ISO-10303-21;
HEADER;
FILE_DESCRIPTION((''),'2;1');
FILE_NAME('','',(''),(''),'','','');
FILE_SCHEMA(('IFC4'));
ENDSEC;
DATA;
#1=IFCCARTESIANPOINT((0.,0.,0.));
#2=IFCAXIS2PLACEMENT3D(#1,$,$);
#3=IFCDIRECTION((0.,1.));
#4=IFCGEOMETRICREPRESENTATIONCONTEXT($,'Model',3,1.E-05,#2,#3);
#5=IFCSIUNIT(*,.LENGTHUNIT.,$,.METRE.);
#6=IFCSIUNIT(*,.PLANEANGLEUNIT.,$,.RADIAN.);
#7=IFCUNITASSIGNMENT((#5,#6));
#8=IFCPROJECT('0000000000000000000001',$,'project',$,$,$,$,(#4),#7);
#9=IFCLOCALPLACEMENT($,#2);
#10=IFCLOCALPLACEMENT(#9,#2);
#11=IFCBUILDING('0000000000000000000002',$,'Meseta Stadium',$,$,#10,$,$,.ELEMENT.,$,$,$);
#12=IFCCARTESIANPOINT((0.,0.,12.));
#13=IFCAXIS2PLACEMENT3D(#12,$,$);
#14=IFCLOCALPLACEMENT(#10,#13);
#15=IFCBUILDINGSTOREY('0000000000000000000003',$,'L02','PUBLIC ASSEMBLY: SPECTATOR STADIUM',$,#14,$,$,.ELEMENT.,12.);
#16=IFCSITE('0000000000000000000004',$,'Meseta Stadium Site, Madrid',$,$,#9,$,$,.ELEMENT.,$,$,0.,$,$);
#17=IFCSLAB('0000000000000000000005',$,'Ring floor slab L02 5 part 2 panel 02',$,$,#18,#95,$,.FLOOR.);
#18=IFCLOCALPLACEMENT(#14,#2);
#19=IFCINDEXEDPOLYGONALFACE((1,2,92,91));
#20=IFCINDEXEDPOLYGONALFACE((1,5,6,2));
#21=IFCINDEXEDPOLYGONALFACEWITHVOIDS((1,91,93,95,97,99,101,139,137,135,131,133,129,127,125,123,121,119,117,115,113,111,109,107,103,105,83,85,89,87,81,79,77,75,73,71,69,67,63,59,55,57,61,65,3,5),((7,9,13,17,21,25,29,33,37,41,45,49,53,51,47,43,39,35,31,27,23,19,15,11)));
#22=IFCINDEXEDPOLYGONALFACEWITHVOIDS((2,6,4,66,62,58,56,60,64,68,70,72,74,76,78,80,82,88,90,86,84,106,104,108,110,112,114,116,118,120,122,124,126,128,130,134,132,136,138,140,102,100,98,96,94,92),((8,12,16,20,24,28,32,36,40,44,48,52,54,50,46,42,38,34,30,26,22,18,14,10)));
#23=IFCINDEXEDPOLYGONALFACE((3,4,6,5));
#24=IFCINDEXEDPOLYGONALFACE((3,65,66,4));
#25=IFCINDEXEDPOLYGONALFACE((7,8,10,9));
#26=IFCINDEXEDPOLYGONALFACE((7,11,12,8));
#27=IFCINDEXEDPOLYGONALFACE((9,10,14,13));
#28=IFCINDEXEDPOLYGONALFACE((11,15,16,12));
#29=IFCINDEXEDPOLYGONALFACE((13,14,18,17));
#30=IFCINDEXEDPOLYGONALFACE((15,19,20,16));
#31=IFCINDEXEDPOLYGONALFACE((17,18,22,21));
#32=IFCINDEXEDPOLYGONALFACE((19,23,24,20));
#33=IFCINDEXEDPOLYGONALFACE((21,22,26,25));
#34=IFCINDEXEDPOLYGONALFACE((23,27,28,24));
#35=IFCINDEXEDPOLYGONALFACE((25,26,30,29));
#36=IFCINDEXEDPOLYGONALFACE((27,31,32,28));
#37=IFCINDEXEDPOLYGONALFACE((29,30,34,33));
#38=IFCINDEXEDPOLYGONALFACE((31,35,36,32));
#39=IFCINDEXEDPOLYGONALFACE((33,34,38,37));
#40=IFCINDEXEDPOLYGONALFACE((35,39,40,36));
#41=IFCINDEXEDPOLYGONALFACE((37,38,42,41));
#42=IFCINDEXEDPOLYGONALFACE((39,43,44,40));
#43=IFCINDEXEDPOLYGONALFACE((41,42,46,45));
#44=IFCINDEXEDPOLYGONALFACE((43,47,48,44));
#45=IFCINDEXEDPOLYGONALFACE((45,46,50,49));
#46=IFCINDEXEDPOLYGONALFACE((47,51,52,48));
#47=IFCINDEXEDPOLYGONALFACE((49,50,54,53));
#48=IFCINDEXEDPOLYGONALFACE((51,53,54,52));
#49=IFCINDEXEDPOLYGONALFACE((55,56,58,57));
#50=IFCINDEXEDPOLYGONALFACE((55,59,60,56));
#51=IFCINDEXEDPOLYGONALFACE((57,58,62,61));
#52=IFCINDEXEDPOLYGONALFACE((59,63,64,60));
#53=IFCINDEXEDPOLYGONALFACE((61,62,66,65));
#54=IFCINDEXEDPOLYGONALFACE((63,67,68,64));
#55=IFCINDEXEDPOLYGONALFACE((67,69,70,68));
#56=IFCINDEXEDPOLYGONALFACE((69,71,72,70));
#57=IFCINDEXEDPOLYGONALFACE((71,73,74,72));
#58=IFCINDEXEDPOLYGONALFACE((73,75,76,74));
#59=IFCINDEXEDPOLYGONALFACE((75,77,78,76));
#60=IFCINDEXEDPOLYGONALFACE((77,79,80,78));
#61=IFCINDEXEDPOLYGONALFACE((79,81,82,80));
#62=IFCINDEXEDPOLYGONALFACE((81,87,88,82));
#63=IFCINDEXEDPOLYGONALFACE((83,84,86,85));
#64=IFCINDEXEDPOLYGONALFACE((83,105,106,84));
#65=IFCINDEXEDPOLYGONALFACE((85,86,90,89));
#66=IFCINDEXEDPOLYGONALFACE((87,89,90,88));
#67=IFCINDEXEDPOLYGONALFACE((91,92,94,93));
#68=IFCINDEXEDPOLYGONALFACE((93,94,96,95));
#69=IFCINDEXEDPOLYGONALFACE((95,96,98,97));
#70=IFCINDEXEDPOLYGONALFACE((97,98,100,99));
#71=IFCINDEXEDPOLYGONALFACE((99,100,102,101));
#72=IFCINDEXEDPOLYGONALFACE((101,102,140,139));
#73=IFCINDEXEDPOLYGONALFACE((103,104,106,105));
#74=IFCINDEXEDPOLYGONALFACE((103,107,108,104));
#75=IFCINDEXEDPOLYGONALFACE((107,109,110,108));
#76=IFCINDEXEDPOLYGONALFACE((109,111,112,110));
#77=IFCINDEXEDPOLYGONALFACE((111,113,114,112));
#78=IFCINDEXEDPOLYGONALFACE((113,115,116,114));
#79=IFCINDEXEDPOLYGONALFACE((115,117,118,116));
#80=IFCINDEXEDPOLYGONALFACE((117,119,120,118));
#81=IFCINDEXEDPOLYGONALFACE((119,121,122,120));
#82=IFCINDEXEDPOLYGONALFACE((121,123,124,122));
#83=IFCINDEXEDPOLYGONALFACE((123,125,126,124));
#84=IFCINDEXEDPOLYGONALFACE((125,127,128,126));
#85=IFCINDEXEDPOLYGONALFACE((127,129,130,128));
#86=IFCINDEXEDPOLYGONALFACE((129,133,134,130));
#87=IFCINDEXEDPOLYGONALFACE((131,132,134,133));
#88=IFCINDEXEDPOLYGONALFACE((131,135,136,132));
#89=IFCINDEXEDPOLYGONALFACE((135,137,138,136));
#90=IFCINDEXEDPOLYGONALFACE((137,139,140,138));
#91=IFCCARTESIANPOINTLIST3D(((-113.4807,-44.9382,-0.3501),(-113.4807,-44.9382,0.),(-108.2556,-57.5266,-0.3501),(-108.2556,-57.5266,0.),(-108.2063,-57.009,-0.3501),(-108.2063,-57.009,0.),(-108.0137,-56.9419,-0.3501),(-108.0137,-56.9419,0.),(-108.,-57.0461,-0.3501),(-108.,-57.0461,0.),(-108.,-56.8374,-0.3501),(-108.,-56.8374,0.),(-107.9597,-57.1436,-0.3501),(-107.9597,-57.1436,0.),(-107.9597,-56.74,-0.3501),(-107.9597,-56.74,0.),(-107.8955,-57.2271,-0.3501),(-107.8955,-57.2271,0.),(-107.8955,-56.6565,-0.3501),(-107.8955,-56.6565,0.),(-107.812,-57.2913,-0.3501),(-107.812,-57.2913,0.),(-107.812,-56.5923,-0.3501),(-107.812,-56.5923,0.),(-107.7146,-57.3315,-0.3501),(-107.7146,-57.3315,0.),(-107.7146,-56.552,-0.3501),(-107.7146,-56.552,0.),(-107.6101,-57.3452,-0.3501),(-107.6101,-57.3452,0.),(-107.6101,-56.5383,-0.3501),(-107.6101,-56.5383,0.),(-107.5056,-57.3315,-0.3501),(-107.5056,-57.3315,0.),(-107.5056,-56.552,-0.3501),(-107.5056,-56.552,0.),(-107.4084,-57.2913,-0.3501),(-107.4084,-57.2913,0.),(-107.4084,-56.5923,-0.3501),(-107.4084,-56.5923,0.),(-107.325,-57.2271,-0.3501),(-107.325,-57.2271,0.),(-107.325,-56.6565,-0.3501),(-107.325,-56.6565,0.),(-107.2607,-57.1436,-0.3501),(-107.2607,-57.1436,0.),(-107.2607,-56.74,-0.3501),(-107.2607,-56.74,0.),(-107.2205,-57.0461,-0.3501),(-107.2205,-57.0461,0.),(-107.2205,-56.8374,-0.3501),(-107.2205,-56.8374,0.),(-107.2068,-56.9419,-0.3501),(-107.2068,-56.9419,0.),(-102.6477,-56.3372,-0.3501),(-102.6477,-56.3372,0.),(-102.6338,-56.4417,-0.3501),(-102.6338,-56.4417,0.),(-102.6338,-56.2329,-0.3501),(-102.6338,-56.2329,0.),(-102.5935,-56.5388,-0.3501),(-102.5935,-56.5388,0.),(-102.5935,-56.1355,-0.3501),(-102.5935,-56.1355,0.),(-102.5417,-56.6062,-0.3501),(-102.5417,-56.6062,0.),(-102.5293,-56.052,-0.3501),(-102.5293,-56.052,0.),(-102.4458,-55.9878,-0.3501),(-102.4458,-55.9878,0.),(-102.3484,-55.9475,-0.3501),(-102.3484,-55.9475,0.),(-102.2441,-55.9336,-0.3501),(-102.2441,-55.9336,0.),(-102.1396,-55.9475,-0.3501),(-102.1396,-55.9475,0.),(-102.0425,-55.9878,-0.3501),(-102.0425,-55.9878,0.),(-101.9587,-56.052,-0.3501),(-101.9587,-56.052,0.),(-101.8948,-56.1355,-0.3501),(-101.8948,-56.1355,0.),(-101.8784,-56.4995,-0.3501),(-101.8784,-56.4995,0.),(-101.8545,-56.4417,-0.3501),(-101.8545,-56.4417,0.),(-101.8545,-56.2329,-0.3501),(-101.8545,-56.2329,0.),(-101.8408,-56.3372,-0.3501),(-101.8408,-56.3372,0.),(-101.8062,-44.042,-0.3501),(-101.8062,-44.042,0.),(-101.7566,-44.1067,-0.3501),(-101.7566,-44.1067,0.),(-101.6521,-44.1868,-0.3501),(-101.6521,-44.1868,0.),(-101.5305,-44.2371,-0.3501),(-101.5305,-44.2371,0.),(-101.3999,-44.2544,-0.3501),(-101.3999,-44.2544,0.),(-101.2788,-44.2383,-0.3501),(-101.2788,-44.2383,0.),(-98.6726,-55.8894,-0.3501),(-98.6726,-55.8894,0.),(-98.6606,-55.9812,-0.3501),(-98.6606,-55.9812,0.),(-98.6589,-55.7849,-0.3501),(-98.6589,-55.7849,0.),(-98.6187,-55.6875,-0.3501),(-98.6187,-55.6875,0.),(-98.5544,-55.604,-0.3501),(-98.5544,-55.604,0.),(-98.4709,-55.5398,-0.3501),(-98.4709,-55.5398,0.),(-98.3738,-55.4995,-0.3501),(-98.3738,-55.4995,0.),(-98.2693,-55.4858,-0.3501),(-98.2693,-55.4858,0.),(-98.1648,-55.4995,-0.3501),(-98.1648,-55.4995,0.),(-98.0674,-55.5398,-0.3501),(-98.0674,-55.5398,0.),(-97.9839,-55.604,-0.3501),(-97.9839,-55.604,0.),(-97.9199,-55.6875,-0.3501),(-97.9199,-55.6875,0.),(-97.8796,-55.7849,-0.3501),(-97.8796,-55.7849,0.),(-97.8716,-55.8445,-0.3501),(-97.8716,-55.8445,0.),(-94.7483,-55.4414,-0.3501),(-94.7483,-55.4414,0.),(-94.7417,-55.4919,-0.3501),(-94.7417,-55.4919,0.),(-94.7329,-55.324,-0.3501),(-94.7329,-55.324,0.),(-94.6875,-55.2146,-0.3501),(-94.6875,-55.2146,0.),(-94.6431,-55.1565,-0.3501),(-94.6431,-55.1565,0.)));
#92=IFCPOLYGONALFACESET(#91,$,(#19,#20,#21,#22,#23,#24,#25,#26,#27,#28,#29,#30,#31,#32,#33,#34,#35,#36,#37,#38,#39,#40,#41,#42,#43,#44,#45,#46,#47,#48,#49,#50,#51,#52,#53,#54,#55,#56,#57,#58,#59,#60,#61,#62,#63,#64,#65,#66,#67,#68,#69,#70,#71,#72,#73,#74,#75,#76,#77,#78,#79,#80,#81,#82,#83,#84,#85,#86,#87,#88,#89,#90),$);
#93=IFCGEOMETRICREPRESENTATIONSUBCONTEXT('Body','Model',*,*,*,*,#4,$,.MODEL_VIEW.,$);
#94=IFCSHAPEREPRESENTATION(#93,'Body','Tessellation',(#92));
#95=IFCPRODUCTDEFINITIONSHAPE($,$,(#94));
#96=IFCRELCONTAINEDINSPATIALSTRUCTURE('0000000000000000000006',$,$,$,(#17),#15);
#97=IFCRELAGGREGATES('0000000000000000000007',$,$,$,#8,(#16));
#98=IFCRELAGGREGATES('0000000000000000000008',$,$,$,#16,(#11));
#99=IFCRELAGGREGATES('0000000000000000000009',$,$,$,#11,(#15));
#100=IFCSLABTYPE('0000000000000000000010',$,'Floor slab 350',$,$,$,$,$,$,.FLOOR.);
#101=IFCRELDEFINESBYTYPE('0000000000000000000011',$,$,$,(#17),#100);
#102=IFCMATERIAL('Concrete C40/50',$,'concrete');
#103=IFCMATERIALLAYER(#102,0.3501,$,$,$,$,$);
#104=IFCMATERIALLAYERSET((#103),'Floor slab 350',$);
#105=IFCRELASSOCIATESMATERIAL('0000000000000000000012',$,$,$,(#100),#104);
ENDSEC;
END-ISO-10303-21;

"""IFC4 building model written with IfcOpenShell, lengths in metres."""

from ifc_helpers import new_model, si_unit, direction, frame, origin, place, context, subcontext, project, spatial, polyline, outline, extrude, material, layer, layer_set, type_object, element, save


model = new_model("IFC4")

# Units and contexts
model_context = context("Model", 3, precision=1e-05, world=origin(), true_north=direction((0.0, 1.0)))
body_context = subcontext(model_context, "Body", "Model", "MODEL_VIEW")
ifc_project = project(units=[si_unit("LENGTHUNIT", "METRE"), si_unit("PLANEANGLEUNIT", "RADIAN")], contexts=[model_context])

# Site, building, storey
site_placement = place(None, origin())
site = spatial("IfcSite", under=ifc_project, at=site_placement, Name="Meseta Stadium Site, Madrid", CompositionType="ELEMENT", RefElevation=0.0)
building_placement = place(site_placement, origin())
building = spatial("IfcBuilding", under=site, at=building_placement, Name="Meseta Stadium", CompositionType="ELEMENT")
storey_placement = place(building_placement, frame((0.0, 0.0, 12.0)))
storey = spatial("IfcBuildingStorey", under=building, at=storey_placement, Name="L02", Description="PUBLIC ASSEMBLY: SPECTATOR STADIUM", CompositionType="ELEMENT", Elevation=12.0)

# Slab
ifc_material_1 = material(Name="Concrete C40/50", Category="concrete")
ifc_layer_1 = layer(ifc_material_1, 0.3501)
ifc_layer_set_1 = layer_set([ifc_layer_1], Name="Floor slab 350")
slab_type_1 = type_object("IfcSlabType", Name="Floor slab 350", PredefinedType="FLOOR", material=ifc_layer_set_1)
slab_1_placement = place(storey_placement, frame((0.0, 0.0, -0.3501)))
element("IfcSlab", 1, at=slab_1_placement, inside=storey, type_object=slab_type_1, Name="Ring floor slab L02 5 part 2 panel 02", PredefinedType="FLOOR", context=body_context, shape_type="SweptSolid", body=[
    extrude(outline(polyline([(-108.2556, -57.5266), (-102.5417, -56.6062), (-102.5935, -56.5388), (-102.6338, -56.4417), (-102.6477, -56.3372), (-102.6338, -56.2329), (-102.5935, -56.1355), (-102.5293, -56.052), (-102.4458, -55.9878), (-102.3484, -55.9475), (-102.2441, -55.9336), (-102.1396, -55.9475), (-102.0425, -55.9878), (-101.9587, -56.052), (-101.8948, -56.1355), (-101.8545, -56.2329), (-101.8408, -56.3372), (-101.8545, -56.4417), (-101.8784, -56.4995), (-98.6606, -55.9812), (-98.6726, -55.8894), (-98.6589, -55.7849), (-98.6187, -55.6875), (-98.5544, -55.604), (-98.4709, -55.5398), (-98.3738, -55.4995), (-98.2693, -55.4858), (-98.1648, -55.4995), (-98.0674, -55.5398), (-97.9839, -55.604), (-97.9199, -55.6875), (-97.8796, -55.7849), (-97.8716, -55.8445), (-94.7417, -55.4919), (-94.7483, -55.4414), (-94.7329, -55.324), (-94.6875, -55.2146), (-94.6431, -55.1565), (-101.2788, -44.2383), (-101.3999, -44.2544), (-101.5305, -44.2371), (-101.6521, -44.1868), (-101.7566, -44.1067), (-101.8062, -44.042), (-113.4807, -44.9382), (-108.2063, -57.009), (-108.2556, -57.5266)]), holes=[polyline([(-107.9597, -56.74), (-107.8955, -56.6565), (-107.812, -56.5923), (-107.7146, -56.552), (-107.6101, -56.5383), (-107.5056, -56.552), (-107.4084, -56.5923), (-107.325, -56.6565), (-107.2607, -56.74), (-107.2205, -56.8374), (-107.2068, -56.9419), (-107.2205, -57.0461), (-107.2607, -57.1436), (-107.325, -57.2271), (-107.4084, -57.2913), (-107.5056, -57.3315), (-107.6101, -57.3452), (-107.7146, -57.3315), (-107.812, -57.2913), (-107.8955, -57.2271), (-107.9597, -57.1436), (-108.0, -57.0461), (-108.0137, -56.9419), (-108.0, -56.8374), (-107.9597, -56.74)])]), origin(), (0.0, 0.0, 1.0), 0.3501),
])

save(model, "model.ifc")
